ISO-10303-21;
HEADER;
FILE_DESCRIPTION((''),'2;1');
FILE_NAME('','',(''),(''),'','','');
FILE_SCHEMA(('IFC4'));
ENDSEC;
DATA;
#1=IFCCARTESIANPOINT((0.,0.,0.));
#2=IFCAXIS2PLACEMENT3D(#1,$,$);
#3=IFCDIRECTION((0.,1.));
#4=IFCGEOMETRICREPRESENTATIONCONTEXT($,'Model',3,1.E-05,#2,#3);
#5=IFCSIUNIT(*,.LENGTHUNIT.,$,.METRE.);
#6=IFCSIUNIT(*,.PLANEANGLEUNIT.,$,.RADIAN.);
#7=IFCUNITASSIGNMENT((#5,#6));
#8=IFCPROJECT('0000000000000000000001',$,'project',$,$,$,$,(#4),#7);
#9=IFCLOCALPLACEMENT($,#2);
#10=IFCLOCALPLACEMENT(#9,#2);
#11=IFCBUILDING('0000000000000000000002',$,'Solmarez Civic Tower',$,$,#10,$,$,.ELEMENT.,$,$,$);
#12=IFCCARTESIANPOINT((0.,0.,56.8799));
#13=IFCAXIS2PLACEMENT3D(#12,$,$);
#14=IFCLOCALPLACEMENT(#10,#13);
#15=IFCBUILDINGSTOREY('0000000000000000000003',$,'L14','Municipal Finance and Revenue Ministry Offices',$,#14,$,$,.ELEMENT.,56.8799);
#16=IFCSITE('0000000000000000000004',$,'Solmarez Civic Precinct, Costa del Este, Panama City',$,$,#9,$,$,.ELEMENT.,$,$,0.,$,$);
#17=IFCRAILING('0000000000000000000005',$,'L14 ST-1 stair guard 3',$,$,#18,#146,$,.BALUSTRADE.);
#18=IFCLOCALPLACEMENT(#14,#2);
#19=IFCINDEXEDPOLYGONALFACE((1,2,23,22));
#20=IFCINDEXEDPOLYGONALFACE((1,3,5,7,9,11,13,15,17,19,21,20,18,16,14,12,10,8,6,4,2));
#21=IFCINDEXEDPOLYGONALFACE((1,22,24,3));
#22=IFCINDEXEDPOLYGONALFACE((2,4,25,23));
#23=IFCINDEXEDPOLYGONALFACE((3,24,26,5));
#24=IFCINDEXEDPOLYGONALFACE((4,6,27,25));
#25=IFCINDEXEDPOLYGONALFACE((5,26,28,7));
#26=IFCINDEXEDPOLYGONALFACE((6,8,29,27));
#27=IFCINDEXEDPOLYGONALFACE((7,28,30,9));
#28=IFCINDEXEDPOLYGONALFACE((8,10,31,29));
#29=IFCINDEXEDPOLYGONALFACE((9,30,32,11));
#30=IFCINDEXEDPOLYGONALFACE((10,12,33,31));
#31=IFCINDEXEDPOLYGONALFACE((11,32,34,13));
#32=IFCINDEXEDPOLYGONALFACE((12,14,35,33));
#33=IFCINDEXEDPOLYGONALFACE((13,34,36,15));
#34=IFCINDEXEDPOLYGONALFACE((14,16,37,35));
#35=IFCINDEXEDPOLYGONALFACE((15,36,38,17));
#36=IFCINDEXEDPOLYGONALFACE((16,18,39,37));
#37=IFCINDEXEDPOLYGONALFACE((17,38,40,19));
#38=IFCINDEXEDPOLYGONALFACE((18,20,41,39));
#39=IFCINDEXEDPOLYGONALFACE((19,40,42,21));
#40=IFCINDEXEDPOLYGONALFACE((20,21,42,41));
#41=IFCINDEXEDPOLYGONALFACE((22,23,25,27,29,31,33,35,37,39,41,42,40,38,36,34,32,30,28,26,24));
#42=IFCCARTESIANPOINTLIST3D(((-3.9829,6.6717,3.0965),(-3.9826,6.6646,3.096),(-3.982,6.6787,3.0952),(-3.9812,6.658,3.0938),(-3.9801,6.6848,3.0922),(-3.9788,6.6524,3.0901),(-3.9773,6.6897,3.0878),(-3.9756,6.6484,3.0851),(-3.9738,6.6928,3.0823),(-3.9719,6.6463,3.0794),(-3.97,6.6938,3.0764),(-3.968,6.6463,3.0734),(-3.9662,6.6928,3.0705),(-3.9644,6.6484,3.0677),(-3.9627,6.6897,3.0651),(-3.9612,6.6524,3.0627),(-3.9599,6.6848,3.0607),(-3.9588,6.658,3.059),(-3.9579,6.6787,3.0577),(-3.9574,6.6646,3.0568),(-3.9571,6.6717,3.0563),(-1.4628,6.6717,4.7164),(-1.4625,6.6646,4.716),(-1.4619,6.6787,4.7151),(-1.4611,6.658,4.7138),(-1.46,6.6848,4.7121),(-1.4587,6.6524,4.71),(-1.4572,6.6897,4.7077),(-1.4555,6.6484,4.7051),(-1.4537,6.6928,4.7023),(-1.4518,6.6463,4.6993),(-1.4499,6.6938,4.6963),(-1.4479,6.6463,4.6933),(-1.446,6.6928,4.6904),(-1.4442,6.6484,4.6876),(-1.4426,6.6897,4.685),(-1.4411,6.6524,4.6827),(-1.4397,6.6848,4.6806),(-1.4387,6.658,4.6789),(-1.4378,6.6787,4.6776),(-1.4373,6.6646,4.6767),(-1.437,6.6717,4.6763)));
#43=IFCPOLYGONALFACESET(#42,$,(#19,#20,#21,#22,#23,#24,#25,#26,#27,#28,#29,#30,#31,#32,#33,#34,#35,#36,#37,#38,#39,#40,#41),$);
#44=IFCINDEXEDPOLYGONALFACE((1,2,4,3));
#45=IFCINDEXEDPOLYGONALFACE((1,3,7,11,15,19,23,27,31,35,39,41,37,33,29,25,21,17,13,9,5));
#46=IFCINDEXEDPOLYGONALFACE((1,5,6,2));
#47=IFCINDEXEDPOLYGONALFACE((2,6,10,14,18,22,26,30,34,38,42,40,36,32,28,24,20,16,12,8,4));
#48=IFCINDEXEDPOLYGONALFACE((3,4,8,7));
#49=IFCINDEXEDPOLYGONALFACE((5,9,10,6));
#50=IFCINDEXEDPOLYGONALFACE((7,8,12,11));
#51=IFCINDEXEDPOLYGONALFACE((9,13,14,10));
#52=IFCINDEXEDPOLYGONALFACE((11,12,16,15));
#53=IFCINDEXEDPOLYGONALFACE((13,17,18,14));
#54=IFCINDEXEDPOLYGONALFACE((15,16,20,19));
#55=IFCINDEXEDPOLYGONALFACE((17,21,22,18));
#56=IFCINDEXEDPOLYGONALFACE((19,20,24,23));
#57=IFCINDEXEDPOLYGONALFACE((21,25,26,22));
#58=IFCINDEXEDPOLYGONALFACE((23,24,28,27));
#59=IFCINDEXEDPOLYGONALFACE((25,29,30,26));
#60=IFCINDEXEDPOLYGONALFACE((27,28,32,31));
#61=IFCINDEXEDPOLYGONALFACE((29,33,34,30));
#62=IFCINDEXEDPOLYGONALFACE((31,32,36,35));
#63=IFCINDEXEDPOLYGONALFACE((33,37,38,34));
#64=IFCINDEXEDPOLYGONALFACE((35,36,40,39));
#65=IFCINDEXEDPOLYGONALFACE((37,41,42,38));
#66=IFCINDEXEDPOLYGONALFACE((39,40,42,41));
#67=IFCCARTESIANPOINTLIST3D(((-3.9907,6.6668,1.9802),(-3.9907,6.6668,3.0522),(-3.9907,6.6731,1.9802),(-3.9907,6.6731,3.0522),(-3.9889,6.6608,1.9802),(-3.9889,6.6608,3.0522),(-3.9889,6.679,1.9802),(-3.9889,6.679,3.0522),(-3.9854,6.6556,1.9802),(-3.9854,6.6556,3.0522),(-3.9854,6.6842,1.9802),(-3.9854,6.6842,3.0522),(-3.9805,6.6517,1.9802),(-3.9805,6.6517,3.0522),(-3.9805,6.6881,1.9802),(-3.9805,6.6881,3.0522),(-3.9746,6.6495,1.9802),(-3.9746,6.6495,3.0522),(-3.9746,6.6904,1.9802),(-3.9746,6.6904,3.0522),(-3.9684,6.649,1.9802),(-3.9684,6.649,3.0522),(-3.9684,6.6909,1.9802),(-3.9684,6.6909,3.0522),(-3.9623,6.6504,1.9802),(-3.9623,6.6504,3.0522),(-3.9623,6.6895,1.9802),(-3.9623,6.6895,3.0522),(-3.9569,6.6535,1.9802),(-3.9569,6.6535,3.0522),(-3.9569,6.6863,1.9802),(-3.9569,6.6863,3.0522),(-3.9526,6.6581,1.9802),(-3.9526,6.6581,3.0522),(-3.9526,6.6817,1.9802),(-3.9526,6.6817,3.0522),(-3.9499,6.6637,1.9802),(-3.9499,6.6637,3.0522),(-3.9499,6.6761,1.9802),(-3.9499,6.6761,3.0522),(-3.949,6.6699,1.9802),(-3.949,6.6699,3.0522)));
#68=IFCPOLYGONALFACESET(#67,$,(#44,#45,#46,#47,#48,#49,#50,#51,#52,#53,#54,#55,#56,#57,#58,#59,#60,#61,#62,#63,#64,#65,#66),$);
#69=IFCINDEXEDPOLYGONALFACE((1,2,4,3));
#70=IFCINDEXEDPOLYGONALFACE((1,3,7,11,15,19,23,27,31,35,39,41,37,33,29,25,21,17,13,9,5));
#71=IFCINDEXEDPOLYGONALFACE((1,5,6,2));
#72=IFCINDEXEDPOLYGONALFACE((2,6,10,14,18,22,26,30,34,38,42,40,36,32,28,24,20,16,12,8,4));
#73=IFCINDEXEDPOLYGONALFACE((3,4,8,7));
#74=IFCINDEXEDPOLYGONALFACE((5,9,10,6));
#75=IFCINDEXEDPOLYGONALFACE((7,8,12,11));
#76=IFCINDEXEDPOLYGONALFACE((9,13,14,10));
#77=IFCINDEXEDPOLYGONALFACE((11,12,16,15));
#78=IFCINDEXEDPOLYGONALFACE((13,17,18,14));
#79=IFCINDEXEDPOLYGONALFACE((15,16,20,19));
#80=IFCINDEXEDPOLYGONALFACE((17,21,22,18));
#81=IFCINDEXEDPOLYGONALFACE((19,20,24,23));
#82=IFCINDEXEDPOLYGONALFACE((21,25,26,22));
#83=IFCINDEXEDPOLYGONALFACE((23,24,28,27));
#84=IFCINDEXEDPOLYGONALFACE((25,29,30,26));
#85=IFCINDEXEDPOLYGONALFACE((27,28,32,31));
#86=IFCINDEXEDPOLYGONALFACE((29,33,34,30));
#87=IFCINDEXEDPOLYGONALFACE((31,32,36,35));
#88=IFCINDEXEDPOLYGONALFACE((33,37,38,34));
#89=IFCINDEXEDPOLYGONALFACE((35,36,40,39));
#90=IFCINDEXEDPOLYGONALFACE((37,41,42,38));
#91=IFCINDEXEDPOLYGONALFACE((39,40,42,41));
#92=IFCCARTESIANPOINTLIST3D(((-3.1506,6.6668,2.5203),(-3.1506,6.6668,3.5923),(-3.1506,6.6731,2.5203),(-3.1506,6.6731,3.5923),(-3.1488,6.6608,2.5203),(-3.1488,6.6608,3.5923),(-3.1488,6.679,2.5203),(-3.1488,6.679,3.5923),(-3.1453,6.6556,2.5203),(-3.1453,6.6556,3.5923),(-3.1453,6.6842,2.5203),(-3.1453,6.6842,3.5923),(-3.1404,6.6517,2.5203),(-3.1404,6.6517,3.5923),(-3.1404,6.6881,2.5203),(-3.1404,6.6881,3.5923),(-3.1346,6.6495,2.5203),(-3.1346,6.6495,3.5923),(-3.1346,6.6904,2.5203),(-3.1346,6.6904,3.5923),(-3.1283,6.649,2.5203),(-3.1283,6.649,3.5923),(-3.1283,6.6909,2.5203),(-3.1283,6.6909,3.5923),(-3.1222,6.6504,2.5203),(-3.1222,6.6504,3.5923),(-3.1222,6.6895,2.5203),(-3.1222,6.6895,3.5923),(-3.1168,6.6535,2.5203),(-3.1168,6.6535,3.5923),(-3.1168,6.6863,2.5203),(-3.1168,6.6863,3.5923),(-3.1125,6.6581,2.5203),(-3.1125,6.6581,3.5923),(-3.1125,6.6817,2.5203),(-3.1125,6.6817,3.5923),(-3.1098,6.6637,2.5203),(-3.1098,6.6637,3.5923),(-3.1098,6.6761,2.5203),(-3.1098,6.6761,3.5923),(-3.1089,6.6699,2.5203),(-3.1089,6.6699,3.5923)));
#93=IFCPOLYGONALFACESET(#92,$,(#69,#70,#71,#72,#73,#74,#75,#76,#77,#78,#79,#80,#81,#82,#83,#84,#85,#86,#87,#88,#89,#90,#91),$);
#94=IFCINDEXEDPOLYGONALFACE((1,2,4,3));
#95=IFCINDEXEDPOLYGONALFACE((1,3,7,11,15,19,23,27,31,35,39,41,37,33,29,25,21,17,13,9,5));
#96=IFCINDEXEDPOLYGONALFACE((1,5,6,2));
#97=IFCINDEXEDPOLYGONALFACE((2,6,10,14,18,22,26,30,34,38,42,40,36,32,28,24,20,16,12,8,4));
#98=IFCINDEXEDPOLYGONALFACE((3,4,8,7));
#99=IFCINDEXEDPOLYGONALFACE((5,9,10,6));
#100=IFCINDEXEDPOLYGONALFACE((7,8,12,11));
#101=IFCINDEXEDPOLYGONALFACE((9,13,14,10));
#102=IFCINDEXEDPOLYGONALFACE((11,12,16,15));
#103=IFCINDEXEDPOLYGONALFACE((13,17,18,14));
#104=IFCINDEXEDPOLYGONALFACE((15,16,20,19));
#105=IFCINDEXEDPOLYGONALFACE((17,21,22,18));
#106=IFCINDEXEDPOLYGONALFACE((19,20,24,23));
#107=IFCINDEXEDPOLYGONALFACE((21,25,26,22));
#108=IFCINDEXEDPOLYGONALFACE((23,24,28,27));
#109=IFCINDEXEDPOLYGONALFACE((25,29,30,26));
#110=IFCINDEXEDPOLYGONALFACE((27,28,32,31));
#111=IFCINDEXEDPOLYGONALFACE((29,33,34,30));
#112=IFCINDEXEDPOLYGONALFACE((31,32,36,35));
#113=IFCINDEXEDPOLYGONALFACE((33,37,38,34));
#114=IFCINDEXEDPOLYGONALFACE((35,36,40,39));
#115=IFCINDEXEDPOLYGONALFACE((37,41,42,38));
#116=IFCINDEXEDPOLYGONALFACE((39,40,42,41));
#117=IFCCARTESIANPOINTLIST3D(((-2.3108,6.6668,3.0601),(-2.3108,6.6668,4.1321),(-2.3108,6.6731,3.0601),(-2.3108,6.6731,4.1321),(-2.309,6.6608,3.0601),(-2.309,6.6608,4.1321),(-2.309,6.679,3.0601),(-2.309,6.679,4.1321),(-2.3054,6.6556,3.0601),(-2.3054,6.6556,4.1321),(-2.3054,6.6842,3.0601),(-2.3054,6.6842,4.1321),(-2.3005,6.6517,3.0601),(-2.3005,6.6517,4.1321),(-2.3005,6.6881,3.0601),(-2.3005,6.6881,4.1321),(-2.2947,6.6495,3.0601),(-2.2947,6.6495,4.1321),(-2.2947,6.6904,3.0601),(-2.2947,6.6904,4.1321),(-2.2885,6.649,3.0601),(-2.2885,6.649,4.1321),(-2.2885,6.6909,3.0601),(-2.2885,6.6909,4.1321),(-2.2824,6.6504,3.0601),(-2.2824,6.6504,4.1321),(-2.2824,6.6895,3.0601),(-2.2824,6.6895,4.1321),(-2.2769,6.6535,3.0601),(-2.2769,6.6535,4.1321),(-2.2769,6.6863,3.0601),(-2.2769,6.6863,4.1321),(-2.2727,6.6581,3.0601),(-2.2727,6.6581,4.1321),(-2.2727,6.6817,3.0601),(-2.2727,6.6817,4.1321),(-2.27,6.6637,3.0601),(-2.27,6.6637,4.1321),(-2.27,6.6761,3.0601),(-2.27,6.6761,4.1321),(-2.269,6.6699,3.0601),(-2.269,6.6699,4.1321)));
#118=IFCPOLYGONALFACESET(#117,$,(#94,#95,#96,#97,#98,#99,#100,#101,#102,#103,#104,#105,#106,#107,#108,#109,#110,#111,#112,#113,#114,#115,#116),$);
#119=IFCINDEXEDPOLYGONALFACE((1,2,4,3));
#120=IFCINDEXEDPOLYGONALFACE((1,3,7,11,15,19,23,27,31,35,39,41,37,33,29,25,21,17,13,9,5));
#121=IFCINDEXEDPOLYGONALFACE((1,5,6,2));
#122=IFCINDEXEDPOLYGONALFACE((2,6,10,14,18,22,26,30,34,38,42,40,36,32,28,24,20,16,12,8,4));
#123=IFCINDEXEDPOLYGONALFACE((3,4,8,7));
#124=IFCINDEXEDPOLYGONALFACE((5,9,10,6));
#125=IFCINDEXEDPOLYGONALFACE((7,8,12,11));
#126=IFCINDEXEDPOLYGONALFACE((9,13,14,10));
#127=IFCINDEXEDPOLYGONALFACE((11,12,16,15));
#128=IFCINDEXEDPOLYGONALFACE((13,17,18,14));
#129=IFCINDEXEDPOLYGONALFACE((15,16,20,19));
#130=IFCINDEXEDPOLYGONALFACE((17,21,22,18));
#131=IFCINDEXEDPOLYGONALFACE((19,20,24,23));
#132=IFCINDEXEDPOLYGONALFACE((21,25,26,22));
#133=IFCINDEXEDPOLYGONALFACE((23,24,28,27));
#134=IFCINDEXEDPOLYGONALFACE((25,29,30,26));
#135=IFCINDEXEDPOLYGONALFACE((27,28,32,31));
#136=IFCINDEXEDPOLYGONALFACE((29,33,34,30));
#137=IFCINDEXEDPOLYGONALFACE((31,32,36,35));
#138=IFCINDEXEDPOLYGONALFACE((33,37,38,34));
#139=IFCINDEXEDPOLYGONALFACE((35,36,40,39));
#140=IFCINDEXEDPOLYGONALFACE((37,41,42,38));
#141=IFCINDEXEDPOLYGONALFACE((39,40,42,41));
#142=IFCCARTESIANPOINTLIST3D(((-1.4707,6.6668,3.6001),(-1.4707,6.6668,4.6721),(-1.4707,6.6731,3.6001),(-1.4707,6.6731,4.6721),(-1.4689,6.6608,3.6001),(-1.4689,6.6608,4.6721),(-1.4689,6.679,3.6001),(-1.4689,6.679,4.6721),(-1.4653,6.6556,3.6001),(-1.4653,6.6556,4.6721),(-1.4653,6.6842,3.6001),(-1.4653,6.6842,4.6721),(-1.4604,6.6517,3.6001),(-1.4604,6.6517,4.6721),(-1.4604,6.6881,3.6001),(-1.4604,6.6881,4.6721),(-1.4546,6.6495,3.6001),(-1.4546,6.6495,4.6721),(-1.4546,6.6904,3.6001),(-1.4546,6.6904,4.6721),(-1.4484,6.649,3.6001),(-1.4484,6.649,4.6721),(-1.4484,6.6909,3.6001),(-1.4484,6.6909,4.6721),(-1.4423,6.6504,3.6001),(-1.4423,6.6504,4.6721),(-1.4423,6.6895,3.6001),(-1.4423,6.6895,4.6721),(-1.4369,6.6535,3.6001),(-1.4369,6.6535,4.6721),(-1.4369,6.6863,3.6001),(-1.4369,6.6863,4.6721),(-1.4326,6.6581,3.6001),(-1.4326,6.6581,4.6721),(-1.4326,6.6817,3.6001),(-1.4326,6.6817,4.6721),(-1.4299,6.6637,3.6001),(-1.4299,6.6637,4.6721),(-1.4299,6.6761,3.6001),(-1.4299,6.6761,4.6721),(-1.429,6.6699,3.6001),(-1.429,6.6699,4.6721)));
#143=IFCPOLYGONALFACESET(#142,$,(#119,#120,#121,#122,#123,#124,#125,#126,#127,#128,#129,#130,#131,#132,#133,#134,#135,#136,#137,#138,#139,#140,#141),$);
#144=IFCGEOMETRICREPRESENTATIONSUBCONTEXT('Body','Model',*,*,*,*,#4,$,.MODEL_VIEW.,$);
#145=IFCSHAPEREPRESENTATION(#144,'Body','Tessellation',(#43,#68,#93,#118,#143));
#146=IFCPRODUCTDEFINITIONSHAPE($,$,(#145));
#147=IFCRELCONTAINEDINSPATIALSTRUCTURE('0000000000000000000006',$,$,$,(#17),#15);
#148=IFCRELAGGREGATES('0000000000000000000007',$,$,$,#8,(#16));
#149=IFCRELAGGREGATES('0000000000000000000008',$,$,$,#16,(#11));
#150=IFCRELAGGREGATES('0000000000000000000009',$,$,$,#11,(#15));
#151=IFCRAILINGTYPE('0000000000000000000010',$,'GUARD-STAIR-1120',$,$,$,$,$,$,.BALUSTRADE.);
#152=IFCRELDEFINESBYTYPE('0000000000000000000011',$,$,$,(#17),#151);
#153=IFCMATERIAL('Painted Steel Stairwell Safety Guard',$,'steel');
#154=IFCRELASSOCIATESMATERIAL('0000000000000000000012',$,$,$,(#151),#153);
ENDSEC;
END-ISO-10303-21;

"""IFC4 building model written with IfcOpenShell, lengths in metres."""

from ifc_helpers import new_model, si_unit, direction, frame, origin, origin_2d, place, context, subcontext, project, spatial, circle, extrude, material, type_object, element, save


model = new_model("IFC4")

# Units and contexts
model_context = context("Model", 3, precision=1e-05, world=origin(), true_north=direction((0.0, 1.0)))
body_context = subcontext(model_context, "Body", "Model", "MODEL_VIEW")
ifc_project = project(units=[si_unit("LENGTHUNIT", "METRE"), si_unit("PLANEANGLEUNIT", "RADIAN")], contexts=[model_context])

# Site, building, storey
site_placement = place(None, origin())
site = spatial("IfcSite", under=ifc_project, at=site_placement, Name="Solmarez Civic Precinct, Costa del Este, Panama City", CompositionType="ELEMENT", RefElevation=0.0)
building_placement = place(site_placement, origin())
building = spatial("IfcBuilding", under=site, at=building_placement, Name="Solmarez Civic Tower", CompositionType="ELEMENT")
storey_placement = place(building_placement, frame((0.0, 0.0, 56.8799)))
storey = spatial("IfcBuildingStorey", under=building, at=storey_placement, Name="L14", Description="Municipal Finance and Revenue Ministry Offices", CompositionType="ELEMENT", Elevation=56.8799)

# Railing
ifc_material_1 = material(Name="Painted Steel Stairwell Safety Guard", Category="steel")
railing_type_1 = type_object("IfcRailingType", Name="GUARD-STAIR-1120", PredefinedType="BALUSTRADE", material=ifc_material_1)
railing_1_placement = place(storey_placement, frame((-3.97, 6.6699, 1.9802)))
element("IfcRailing", 1, at=railing_1_placement, inside=storey, type_object=railing_type_1, Name="L14 ST-1 stair guard 3", PredefinedType="BALUSTRADE", context=body_context, shape_type="SweptSolid", body=[
    extrude(circle(Radius=0.0239, at=origin_2d()), frame((0.0, 0.0, 1.0962), z_axis=(0.8412, 0.0, 0.540725), x_axis=(0.0, 1.0, 0.0)), (0.0, 0.0, 1.0), 2.9958),
    extrude(circle(Radius=0.021, at=origin_2d()), origin(), (0.0, 0.0, 1.0), 1.072),
    extrude(circle(Radius=0.021, at=origin_2d()), frame((0.8401, 0.0, 0.54)), (0.0, 0.0, 1.0), 1.072),
    extrude(circle(Radius=0.021, at=origin_2d()), frame((1.6799, 0.0, 1.0798)), (0.0, 0.0, 1.0), 1.072),
    extrude(circle(Radius=0.021, at=origin_2d()), frame((2.52, 0.0, 1.6199)), (0.0, 0.0, 1.0), 1.072),
])

save(model, "model.ifc")
